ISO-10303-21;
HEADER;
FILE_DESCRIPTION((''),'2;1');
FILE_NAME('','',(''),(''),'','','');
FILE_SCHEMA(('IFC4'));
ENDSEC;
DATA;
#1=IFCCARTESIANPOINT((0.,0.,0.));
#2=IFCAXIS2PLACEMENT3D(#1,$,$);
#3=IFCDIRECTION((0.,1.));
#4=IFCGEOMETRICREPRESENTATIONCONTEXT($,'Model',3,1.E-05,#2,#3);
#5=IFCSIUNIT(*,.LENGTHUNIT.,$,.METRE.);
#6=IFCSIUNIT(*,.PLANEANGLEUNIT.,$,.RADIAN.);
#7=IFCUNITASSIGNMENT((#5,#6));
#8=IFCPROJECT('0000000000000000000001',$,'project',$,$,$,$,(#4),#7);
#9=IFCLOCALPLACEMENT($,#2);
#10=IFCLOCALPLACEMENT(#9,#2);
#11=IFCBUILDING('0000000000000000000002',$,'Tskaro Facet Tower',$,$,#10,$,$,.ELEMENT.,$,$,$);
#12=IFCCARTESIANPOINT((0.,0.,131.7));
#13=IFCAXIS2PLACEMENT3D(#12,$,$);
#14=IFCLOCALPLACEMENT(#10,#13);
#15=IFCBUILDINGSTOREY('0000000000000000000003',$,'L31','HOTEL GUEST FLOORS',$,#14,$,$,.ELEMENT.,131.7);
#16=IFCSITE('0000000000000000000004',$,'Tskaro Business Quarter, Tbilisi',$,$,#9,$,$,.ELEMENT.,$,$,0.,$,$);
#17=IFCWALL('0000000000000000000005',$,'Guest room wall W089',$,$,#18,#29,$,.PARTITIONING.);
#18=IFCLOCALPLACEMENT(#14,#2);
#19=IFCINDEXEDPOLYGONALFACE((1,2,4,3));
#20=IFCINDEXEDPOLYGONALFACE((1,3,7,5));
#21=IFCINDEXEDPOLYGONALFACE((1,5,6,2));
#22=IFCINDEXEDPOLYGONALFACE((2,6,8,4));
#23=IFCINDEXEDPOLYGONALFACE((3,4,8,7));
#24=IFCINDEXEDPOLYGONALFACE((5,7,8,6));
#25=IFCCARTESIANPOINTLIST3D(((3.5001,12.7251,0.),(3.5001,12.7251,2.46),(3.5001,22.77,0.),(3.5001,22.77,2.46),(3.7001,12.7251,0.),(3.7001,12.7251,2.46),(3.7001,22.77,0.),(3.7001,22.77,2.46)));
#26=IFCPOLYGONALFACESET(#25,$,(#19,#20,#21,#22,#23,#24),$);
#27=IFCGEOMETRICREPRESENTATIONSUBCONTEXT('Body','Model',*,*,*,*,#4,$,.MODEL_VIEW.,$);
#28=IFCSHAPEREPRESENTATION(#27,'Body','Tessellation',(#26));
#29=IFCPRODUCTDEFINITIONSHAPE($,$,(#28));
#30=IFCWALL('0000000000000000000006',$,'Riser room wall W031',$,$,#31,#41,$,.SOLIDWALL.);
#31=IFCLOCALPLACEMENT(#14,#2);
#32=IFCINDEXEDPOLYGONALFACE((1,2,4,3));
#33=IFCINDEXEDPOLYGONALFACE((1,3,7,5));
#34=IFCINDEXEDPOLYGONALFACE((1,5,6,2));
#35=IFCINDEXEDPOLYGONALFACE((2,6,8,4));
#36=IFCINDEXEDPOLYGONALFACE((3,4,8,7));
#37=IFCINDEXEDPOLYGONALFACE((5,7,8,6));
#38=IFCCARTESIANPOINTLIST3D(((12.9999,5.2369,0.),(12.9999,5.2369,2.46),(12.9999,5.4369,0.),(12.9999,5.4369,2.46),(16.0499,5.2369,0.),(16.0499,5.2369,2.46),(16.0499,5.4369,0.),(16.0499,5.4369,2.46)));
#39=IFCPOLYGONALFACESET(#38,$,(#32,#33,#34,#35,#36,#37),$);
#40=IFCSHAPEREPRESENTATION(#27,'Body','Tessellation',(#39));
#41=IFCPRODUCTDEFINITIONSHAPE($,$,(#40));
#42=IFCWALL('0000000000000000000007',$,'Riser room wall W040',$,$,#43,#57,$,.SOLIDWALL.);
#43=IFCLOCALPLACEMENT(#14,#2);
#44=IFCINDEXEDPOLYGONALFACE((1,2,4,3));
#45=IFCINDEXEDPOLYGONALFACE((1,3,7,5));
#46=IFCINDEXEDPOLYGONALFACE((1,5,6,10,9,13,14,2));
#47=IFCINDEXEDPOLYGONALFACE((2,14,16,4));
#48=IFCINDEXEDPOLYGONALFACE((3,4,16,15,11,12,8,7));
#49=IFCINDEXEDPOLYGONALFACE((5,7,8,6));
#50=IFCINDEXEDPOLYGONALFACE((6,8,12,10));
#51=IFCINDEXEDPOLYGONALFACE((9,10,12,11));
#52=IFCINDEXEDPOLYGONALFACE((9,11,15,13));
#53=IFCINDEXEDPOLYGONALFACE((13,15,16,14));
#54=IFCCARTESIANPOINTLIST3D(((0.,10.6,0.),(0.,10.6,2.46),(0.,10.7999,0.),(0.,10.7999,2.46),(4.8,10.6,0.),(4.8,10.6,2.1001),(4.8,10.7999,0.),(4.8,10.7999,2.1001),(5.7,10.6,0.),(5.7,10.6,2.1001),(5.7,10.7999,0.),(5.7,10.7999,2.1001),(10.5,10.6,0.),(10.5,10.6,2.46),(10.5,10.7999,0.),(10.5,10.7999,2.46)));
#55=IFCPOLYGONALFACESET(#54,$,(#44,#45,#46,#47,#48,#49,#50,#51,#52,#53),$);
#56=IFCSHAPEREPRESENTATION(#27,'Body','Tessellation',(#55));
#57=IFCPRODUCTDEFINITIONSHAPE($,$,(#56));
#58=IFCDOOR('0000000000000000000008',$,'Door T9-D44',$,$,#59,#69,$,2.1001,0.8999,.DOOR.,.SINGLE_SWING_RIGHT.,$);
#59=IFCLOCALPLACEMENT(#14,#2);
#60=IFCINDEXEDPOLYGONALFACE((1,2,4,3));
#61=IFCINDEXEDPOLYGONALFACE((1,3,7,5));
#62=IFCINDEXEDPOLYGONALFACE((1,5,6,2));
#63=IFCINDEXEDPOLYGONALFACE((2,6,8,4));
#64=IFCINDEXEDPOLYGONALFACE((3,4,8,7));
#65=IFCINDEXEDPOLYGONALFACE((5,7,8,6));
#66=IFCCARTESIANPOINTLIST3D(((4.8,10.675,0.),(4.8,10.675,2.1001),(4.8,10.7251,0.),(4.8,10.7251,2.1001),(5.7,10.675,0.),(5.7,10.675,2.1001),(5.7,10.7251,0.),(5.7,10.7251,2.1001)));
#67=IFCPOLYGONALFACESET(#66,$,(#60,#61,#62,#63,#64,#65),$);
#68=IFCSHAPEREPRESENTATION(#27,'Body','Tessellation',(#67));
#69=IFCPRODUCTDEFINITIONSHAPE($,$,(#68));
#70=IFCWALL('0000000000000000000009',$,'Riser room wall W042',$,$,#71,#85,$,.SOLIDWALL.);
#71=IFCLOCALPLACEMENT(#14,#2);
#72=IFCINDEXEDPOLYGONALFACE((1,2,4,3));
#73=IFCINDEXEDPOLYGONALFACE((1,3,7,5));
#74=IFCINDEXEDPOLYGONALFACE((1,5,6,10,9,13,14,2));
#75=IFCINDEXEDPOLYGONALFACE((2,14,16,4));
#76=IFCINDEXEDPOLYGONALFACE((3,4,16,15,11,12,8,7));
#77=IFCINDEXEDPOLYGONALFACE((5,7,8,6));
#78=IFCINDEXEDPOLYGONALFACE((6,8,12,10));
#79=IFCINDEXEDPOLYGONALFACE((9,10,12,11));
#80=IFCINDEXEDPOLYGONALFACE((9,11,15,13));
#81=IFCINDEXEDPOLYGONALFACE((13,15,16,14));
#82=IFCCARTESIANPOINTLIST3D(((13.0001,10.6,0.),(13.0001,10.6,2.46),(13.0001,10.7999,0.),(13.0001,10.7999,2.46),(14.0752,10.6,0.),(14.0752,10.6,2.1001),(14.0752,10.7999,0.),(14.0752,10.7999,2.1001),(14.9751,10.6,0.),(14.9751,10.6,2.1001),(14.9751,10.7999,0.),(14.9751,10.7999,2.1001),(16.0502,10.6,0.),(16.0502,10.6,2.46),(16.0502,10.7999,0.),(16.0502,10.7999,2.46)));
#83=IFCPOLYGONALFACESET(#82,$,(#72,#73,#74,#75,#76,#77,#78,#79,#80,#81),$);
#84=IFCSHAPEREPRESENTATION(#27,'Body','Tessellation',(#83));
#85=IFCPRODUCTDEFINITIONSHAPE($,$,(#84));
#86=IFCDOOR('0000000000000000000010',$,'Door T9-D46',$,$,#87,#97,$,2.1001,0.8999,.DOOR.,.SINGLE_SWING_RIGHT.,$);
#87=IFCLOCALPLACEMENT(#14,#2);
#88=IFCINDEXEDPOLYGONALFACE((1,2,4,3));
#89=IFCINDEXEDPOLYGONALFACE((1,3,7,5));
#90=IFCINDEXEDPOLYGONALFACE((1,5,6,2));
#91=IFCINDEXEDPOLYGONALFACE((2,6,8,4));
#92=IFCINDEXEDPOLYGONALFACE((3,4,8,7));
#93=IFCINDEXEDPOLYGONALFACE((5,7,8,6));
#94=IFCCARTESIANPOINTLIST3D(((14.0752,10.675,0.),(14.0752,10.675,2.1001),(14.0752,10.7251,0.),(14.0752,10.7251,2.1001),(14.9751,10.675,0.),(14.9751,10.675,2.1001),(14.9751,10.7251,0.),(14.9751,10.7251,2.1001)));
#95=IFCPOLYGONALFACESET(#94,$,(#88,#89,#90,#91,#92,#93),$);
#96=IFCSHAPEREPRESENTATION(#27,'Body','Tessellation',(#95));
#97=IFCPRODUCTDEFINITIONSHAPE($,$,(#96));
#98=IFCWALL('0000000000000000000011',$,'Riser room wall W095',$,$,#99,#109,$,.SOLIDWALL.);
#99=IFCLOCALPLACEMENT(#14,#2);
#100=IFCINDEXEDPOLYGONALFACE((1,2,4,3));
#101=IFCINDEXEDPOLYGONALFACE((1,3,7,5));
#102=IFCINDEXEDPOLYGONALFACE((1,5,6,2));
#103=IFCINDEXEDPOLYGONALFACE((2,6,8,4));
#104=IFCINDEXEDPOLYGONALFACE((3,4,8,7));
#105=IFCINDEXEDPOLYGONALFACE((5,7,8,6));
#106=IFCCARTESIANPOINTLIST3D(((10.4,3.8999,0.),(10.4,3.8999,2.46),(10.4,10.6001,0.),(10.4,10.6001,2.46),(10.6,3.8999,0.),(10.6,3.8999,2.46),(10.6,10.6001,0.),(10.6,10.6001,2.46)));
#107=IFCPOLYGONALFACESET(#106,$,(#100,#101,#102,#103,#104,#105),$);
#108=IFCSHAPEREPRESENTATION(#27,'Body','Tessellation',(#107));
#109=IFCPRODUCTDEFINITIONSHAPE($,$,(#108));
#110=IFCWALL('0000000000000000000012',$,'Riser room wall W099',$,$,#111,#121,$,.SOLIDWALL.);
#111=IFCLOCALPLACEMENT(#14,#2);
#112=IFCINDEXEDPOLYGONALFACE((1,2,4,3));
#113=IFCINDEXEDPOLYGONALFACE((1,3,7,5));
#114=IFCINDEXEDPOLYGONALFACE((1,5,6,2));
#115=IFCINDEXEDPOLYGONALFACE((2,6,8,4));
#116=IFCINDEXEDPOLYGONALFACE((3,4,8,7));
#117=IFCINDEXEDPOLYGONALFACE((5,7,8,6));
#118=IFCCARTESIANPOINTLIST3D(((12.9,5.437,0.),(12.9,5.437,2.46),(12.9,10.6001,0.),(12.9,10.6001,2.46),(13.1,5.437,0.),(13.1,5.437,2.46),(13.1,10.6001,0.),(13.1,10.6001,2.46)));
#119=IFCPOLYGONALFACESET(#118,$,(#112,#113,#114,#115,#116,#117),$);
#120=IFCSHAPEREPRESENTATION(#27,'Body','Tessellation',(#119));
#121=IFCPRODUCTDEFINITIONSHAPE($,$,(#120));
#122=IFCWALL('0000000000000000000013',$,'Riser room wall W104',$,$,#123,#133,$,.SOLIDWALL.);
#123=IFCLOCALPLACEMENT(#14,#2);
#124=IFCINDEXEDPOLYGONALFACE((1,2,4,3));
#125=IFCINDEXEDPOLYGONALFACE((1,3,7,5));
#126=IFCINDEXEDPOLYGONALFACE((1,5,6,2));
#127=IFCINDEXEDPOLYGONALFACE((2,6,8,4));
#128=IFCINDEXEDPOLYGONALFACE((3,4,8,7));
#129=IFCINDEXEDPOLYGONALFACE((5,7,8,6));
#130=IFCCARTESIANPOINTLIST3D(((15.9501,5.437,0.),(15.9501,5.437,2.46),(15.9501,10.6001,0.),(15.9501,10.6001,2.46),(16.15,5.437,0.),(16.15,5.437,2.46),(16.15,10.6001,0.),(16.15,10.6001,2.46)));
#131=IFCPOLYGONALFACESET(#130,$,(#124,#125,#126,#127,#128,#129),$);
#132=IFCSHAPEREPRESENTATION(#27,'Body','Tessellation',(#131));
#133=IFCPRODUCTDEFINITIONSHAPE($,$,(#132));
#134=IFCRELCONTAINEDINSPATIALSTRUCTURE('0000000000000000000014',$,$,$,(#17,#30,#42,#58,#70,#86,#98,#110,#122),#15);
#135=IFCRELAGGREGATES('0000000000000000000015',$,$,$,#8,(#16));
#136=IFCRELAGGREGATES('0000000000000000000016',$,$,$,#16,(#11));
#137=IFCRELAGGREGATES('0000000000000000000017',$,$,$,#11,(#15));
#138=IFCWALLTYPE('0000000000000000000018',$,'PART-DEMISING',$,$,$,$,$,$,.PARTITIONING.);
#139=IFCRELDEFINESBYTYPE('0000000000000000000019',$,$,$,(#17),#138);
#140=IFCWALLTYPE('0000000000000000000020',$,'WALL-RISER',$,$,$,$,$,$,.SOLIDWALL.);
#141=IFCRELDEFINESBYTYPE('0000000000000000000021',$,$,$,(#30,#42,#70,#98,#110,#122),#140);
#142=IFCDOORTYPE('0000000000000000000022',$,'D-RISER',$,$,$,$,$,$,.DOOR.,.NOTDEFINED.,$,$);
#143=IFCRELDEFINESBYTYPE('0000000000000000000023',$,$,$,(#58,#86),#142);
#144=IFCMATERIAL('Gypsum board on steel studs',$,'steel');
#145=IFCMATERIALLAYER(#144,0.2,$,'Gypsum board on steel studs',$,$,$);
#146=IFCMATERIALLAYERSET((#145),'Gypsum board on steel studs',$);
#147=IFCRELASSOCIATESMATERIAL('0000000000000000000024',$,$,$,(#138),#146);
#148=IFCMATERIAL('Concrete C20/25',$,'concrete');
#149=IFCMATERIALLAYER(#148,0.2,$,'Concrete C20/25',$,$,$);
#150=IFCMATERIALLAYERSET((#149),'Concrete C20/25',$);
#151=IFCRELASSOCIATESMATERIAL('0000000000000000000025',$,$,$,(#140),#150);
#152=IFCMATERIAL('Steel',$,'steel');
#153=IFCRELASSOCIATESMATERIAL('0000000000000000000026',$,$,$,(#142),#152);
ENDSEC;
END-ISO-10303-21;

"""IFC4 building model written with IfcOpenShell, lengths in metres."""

from ifc_helpers import new_model, si_unit, direction, frame, frame_2d, origin, place, context, subcontext, project, spatial, rectangle, extrude, material, layer, layer_set, type_object, element, fill, save


model = new_model("IFC4")

# Units and contexts
model_context = context("Model", 3, precision=1e-05, world=origin(), true_north=direction((0.0, 1.0)))
body_context = subcontext(model_context, "Body", "Model", "MODEL_VIEW")
ifc_project = project(units=[si_unit("LENGTHUNIT", "METRE"), si_unit("PLANEANGLEUNIT", "RADIAN")], contexts=[model_context])

# Site, building, storey
site_placement = place(None, origin())
site = spatial("IfcSite", under=ifc_project, at=site_placement, Name="Tskaro Business Quarter, Tbilisi", CompositionType="ELEMENT", RefElevation=0.0)
building_placement = place(site_placement, origin())
building = spatial("IfcBuilding", under=site, at=building_placement, Name="Tskaro Facet Tower", CompositionType="ELEMENT")
storey_placement = place(building_placement, frame((0.0, 0.0, 131.7)))
storey = spatial("IfcBuildingStorey", under=building, at=storey_placement, Name="L31", Description="HOTEL GUEST FLOORS", CompositionType="ELEMENT", Elevation=131.7)

# Shared definitions
ifc_material_1 = material(Name="Gypsum board on steel studs", Category="steel")

# Walls
ifc_layer_1 = layer(ifc_material_1, 0.2, Name="Gypsum board on steel studs")
ifc_layer_set_1 = layer_set([ifc_layer_1], Name="Gypsum board on steel studs")
wall_type_1 = type_object("IfcWallType", Name="PART-DEMISING", PredefinedType="PARTITIONING", material=ifc_layer_set_1)
wall_1_placement = place(storey_placement, frame((3.6001, 12.7251, 0.0), z_axis=(0.0, 0.0, 1.0), x_axis=(0.0, 1.0, 0.0)))
element("IfcWall", 1, at=wall_1_placement, inside=storey, type_object=wall_type_1, Name="Guest room wall W089", PredefinedType="PARTITIONING", context=body_context, shape_type="SweptSolid", body=[
    extrude(rectangle(XDim=10.0449, YDim=0.2, at=frame_2d((5.0225, 0.0))), origin(), (0.0, 0.0, 1.0), 2.46),
])
ifc_material_2 = material(Name="Concrete C20/25", Category="concrete")
ifc_layer_2 = layer(ifc_material_2, 0.2, Name="Concrete C20/25")
ifc_layer_set_2 = layer_set([ifc_layer_2], Name="Concrete C20/25")
wall_type_2 = type_object("IfcWallType", Name="WALL-RISER", PredefinedType="SOLIDWALL", material=ifc_layer_set_2)
wall_2_placement = place(storey_placement, frame((13.0, 5.3369, 0.0), z_axis=(0.0, 0.0, 1.0), x_axis=(1.0, 0.0, 0.0)))
element("IfcWall", 2, at=wall_2_placement, inside=storey, type_object=wall_type_2, Name="Riser room wall W031", PredefinedType="SOLIDWALL", context=body_context, shape_type="SweptSolid", body=[
    extrude(rectangle(XDim=3.05, YDim=0.2, at=frame_2d((1.5249, 0.0))), origin(), (0.0, 0.0, 1.0), 2.46),
])

# Walls, openings, doors
wall_3_placement = place(storey_placement, frame((10.5, 10.7, 0.0), z_axis=(0.0, 0.0, 1.0), x_axis=(-1.0, 0.0, 0.0)))
wall_3 = element("IfcWall", 3, at=wall_3_placement, inside=storey, type_object=wall_type_2, Name="Riser room wall W040", PredefinedType="SOLIDWALL", context=body_context, shape_type="SweptSolid", body=[
    extrude(rectangle(XDim=10.5, YDim=0.2, at=frame_2d((5.25, 0.0))), origin(), (0.0, 0.0, 1.0), 2.46),
])
opening_1_placement = place(wall_3_placement, frame((4.8, 0.0, 0.0)))
opening_1 = element("IfcOpeningElement", 4, at=opening_1_placement, cuts=wall_3, PredefinedType="OPENING", context=body_context, shape_type="SweptSolid", body=[
    extrude(rectangle(XDim=0.8999, YDim=2.1001, at=frame_2d((0.45, 1.05))), frame((0.0, 0.1099, 0.0), z_axis=(0.0, -1.0, 0.0), x_axis=(1.0, 0.0, 0.0)), (0.0, 0.0, 1.0), 0.22),
])
ifc_material_3 = material(Name="Steel", Category="steel")
door_type_1 = type_object("IfcDoorType", Name="D-RISER", OperationType="NOTDEFINED", PredefinedType="DOOR", material=ifc_material_3)
door_1_placement = place(opening_1_placement, origin())
door_1 = element("IfcDoor", 5, at=door_1_placement, inside=storey, type_object=door_type_1, Name="Door T9-D44", OperationType="SINGLE_SWING_RIGHT", OverallHeight=2.1001, OverallWidth=0.8999, PredefinedType="DOOR", context=body_context, shape_type="SweptSolid", body=[
    extrude(rectangle(XDim=0.8999, YDim=2.1001, at=frame_2d((0.45, 1.05))), frame((0.0, 0.0249, 0.0), z_axis=(0.0, -1.0, 0.0), x_axis=(1.0, 0.0, 0.0)), (0.0, 0.0, 1.0), 0.05),
])
fill(opening_1, door_1)
wall_4_placement = place(storey_placement, frame((16.05, 10.7, 0.0), z_axis=(0.0, 0.0, 1.0), x_axis=(-1.0, 0.0, 0.0)))
wall_4 = element("IfcWall", 6, at=wall_4_placement, inside=storey, type_object=wall_type_2, Name="Riser room wall W042", PredefinedType="SOLIDWALL", context=body_context, shape_type="SweptSolid", body=[
    extrude(rectangle(XDim=3.05, YDim=0.2, at=frame_2d((1.5249, 0.0))), origin(), (0.0, 0.0, 1.0), 2.46),
])
opening_2_placement = place(wall_4_placement, frame((1.075, 0.0, 0.0)))
opening_2 = element("IfcOpeningElement", 7, at=opening_2_placement, cuts=wall_4, PredefinedType="OPENING", context=body_context, shape_type="SweptSolid", body=[
    extrude(rectangle(XDim=0.8999, YDim=2.1001, at=frame_2d((0.45, 1.05))), frame((0.0, 0.1099, 0.0), z_axis=(0.0, -1.0, 0.0), x_axis=(1.0, 0.0, 0.0)), (0.0, 0.0, 1.0), 0.22),
])
door_2_placement = place(opening_2_placement, origin())
door_2 = element("IfcDoor", 8, at=door_2_placement, inside=storey, type_object=door_type_1, Name="Door T9-D46", OperationType="SINGLE_SWING_RIGHT", OverallHeight=2.1001, OverallWidth=0.8999, PredefinedType="DOOR", context=body_context, shape_type="SweptSolid", body=[
    extrude(rectangle(XDim=0.8999, YDim=2.1001, at=frame_2d((0.45, 1.05))), frame((0.0, 0.0249, 0.0), z_axis=(0.0, -1.0, 0.0), x_axis=(1.0, 0.0, 0.0)), (0.0, 0.0, 1.0), 0.05),
])
fill(opening_2, door_2)

# Walls
wall_5_placement = place(storey_placement, frame((10.5, 3.8999, 0.0), z_axis=(0.0, 0.0, 1.0), x_axis=(0.0, 1.0, 0.0)))
element("IfcWall", 9, at=wall_5_placement, inside=storey, type_object=wall_type_2, Name="Riser room wall W095", PredefinedType="SOLIDWALL", context=body_context, shape_type="SweptSolid", body=[
    extrude(rectangle(XDim=6.7002, YDim=0.2, at=frame_2d((3.3501, 0.0))), origin(), (0.0, 0.0, 1.0), 2.46),
])
for number, where, z_axis, x_axis, name in (
    (10, (13.0, 5.437, 0.0), (0.0, 0.0, 1.0), (0.0, 1.0, 0.0), "Riser room wall W099"),
    (11, (16.05, 5.437, 0.0), (0.0, 0.0, 1.0), (0.0, 1.0, 0.0), "Riser room wall W104"),
):
    element("IfcWall", number, at=place(storey_placement, frame(where, z_axis=z_axis, x_axis=x_axis)), inside=storey, type_object=wall_type_2, Name=name, PredefinedType="SOLIDWALL", context=body_context, shape_type="SweptSolid", body=[
        extrude(rectangle(XDim=5.1631, YDim=0.2, at=frame_2d((2.5815, 0.0))), origin(), (0.0, 0.0, 1.0), 2.46),
    ])

save(model, "model.ifc")
